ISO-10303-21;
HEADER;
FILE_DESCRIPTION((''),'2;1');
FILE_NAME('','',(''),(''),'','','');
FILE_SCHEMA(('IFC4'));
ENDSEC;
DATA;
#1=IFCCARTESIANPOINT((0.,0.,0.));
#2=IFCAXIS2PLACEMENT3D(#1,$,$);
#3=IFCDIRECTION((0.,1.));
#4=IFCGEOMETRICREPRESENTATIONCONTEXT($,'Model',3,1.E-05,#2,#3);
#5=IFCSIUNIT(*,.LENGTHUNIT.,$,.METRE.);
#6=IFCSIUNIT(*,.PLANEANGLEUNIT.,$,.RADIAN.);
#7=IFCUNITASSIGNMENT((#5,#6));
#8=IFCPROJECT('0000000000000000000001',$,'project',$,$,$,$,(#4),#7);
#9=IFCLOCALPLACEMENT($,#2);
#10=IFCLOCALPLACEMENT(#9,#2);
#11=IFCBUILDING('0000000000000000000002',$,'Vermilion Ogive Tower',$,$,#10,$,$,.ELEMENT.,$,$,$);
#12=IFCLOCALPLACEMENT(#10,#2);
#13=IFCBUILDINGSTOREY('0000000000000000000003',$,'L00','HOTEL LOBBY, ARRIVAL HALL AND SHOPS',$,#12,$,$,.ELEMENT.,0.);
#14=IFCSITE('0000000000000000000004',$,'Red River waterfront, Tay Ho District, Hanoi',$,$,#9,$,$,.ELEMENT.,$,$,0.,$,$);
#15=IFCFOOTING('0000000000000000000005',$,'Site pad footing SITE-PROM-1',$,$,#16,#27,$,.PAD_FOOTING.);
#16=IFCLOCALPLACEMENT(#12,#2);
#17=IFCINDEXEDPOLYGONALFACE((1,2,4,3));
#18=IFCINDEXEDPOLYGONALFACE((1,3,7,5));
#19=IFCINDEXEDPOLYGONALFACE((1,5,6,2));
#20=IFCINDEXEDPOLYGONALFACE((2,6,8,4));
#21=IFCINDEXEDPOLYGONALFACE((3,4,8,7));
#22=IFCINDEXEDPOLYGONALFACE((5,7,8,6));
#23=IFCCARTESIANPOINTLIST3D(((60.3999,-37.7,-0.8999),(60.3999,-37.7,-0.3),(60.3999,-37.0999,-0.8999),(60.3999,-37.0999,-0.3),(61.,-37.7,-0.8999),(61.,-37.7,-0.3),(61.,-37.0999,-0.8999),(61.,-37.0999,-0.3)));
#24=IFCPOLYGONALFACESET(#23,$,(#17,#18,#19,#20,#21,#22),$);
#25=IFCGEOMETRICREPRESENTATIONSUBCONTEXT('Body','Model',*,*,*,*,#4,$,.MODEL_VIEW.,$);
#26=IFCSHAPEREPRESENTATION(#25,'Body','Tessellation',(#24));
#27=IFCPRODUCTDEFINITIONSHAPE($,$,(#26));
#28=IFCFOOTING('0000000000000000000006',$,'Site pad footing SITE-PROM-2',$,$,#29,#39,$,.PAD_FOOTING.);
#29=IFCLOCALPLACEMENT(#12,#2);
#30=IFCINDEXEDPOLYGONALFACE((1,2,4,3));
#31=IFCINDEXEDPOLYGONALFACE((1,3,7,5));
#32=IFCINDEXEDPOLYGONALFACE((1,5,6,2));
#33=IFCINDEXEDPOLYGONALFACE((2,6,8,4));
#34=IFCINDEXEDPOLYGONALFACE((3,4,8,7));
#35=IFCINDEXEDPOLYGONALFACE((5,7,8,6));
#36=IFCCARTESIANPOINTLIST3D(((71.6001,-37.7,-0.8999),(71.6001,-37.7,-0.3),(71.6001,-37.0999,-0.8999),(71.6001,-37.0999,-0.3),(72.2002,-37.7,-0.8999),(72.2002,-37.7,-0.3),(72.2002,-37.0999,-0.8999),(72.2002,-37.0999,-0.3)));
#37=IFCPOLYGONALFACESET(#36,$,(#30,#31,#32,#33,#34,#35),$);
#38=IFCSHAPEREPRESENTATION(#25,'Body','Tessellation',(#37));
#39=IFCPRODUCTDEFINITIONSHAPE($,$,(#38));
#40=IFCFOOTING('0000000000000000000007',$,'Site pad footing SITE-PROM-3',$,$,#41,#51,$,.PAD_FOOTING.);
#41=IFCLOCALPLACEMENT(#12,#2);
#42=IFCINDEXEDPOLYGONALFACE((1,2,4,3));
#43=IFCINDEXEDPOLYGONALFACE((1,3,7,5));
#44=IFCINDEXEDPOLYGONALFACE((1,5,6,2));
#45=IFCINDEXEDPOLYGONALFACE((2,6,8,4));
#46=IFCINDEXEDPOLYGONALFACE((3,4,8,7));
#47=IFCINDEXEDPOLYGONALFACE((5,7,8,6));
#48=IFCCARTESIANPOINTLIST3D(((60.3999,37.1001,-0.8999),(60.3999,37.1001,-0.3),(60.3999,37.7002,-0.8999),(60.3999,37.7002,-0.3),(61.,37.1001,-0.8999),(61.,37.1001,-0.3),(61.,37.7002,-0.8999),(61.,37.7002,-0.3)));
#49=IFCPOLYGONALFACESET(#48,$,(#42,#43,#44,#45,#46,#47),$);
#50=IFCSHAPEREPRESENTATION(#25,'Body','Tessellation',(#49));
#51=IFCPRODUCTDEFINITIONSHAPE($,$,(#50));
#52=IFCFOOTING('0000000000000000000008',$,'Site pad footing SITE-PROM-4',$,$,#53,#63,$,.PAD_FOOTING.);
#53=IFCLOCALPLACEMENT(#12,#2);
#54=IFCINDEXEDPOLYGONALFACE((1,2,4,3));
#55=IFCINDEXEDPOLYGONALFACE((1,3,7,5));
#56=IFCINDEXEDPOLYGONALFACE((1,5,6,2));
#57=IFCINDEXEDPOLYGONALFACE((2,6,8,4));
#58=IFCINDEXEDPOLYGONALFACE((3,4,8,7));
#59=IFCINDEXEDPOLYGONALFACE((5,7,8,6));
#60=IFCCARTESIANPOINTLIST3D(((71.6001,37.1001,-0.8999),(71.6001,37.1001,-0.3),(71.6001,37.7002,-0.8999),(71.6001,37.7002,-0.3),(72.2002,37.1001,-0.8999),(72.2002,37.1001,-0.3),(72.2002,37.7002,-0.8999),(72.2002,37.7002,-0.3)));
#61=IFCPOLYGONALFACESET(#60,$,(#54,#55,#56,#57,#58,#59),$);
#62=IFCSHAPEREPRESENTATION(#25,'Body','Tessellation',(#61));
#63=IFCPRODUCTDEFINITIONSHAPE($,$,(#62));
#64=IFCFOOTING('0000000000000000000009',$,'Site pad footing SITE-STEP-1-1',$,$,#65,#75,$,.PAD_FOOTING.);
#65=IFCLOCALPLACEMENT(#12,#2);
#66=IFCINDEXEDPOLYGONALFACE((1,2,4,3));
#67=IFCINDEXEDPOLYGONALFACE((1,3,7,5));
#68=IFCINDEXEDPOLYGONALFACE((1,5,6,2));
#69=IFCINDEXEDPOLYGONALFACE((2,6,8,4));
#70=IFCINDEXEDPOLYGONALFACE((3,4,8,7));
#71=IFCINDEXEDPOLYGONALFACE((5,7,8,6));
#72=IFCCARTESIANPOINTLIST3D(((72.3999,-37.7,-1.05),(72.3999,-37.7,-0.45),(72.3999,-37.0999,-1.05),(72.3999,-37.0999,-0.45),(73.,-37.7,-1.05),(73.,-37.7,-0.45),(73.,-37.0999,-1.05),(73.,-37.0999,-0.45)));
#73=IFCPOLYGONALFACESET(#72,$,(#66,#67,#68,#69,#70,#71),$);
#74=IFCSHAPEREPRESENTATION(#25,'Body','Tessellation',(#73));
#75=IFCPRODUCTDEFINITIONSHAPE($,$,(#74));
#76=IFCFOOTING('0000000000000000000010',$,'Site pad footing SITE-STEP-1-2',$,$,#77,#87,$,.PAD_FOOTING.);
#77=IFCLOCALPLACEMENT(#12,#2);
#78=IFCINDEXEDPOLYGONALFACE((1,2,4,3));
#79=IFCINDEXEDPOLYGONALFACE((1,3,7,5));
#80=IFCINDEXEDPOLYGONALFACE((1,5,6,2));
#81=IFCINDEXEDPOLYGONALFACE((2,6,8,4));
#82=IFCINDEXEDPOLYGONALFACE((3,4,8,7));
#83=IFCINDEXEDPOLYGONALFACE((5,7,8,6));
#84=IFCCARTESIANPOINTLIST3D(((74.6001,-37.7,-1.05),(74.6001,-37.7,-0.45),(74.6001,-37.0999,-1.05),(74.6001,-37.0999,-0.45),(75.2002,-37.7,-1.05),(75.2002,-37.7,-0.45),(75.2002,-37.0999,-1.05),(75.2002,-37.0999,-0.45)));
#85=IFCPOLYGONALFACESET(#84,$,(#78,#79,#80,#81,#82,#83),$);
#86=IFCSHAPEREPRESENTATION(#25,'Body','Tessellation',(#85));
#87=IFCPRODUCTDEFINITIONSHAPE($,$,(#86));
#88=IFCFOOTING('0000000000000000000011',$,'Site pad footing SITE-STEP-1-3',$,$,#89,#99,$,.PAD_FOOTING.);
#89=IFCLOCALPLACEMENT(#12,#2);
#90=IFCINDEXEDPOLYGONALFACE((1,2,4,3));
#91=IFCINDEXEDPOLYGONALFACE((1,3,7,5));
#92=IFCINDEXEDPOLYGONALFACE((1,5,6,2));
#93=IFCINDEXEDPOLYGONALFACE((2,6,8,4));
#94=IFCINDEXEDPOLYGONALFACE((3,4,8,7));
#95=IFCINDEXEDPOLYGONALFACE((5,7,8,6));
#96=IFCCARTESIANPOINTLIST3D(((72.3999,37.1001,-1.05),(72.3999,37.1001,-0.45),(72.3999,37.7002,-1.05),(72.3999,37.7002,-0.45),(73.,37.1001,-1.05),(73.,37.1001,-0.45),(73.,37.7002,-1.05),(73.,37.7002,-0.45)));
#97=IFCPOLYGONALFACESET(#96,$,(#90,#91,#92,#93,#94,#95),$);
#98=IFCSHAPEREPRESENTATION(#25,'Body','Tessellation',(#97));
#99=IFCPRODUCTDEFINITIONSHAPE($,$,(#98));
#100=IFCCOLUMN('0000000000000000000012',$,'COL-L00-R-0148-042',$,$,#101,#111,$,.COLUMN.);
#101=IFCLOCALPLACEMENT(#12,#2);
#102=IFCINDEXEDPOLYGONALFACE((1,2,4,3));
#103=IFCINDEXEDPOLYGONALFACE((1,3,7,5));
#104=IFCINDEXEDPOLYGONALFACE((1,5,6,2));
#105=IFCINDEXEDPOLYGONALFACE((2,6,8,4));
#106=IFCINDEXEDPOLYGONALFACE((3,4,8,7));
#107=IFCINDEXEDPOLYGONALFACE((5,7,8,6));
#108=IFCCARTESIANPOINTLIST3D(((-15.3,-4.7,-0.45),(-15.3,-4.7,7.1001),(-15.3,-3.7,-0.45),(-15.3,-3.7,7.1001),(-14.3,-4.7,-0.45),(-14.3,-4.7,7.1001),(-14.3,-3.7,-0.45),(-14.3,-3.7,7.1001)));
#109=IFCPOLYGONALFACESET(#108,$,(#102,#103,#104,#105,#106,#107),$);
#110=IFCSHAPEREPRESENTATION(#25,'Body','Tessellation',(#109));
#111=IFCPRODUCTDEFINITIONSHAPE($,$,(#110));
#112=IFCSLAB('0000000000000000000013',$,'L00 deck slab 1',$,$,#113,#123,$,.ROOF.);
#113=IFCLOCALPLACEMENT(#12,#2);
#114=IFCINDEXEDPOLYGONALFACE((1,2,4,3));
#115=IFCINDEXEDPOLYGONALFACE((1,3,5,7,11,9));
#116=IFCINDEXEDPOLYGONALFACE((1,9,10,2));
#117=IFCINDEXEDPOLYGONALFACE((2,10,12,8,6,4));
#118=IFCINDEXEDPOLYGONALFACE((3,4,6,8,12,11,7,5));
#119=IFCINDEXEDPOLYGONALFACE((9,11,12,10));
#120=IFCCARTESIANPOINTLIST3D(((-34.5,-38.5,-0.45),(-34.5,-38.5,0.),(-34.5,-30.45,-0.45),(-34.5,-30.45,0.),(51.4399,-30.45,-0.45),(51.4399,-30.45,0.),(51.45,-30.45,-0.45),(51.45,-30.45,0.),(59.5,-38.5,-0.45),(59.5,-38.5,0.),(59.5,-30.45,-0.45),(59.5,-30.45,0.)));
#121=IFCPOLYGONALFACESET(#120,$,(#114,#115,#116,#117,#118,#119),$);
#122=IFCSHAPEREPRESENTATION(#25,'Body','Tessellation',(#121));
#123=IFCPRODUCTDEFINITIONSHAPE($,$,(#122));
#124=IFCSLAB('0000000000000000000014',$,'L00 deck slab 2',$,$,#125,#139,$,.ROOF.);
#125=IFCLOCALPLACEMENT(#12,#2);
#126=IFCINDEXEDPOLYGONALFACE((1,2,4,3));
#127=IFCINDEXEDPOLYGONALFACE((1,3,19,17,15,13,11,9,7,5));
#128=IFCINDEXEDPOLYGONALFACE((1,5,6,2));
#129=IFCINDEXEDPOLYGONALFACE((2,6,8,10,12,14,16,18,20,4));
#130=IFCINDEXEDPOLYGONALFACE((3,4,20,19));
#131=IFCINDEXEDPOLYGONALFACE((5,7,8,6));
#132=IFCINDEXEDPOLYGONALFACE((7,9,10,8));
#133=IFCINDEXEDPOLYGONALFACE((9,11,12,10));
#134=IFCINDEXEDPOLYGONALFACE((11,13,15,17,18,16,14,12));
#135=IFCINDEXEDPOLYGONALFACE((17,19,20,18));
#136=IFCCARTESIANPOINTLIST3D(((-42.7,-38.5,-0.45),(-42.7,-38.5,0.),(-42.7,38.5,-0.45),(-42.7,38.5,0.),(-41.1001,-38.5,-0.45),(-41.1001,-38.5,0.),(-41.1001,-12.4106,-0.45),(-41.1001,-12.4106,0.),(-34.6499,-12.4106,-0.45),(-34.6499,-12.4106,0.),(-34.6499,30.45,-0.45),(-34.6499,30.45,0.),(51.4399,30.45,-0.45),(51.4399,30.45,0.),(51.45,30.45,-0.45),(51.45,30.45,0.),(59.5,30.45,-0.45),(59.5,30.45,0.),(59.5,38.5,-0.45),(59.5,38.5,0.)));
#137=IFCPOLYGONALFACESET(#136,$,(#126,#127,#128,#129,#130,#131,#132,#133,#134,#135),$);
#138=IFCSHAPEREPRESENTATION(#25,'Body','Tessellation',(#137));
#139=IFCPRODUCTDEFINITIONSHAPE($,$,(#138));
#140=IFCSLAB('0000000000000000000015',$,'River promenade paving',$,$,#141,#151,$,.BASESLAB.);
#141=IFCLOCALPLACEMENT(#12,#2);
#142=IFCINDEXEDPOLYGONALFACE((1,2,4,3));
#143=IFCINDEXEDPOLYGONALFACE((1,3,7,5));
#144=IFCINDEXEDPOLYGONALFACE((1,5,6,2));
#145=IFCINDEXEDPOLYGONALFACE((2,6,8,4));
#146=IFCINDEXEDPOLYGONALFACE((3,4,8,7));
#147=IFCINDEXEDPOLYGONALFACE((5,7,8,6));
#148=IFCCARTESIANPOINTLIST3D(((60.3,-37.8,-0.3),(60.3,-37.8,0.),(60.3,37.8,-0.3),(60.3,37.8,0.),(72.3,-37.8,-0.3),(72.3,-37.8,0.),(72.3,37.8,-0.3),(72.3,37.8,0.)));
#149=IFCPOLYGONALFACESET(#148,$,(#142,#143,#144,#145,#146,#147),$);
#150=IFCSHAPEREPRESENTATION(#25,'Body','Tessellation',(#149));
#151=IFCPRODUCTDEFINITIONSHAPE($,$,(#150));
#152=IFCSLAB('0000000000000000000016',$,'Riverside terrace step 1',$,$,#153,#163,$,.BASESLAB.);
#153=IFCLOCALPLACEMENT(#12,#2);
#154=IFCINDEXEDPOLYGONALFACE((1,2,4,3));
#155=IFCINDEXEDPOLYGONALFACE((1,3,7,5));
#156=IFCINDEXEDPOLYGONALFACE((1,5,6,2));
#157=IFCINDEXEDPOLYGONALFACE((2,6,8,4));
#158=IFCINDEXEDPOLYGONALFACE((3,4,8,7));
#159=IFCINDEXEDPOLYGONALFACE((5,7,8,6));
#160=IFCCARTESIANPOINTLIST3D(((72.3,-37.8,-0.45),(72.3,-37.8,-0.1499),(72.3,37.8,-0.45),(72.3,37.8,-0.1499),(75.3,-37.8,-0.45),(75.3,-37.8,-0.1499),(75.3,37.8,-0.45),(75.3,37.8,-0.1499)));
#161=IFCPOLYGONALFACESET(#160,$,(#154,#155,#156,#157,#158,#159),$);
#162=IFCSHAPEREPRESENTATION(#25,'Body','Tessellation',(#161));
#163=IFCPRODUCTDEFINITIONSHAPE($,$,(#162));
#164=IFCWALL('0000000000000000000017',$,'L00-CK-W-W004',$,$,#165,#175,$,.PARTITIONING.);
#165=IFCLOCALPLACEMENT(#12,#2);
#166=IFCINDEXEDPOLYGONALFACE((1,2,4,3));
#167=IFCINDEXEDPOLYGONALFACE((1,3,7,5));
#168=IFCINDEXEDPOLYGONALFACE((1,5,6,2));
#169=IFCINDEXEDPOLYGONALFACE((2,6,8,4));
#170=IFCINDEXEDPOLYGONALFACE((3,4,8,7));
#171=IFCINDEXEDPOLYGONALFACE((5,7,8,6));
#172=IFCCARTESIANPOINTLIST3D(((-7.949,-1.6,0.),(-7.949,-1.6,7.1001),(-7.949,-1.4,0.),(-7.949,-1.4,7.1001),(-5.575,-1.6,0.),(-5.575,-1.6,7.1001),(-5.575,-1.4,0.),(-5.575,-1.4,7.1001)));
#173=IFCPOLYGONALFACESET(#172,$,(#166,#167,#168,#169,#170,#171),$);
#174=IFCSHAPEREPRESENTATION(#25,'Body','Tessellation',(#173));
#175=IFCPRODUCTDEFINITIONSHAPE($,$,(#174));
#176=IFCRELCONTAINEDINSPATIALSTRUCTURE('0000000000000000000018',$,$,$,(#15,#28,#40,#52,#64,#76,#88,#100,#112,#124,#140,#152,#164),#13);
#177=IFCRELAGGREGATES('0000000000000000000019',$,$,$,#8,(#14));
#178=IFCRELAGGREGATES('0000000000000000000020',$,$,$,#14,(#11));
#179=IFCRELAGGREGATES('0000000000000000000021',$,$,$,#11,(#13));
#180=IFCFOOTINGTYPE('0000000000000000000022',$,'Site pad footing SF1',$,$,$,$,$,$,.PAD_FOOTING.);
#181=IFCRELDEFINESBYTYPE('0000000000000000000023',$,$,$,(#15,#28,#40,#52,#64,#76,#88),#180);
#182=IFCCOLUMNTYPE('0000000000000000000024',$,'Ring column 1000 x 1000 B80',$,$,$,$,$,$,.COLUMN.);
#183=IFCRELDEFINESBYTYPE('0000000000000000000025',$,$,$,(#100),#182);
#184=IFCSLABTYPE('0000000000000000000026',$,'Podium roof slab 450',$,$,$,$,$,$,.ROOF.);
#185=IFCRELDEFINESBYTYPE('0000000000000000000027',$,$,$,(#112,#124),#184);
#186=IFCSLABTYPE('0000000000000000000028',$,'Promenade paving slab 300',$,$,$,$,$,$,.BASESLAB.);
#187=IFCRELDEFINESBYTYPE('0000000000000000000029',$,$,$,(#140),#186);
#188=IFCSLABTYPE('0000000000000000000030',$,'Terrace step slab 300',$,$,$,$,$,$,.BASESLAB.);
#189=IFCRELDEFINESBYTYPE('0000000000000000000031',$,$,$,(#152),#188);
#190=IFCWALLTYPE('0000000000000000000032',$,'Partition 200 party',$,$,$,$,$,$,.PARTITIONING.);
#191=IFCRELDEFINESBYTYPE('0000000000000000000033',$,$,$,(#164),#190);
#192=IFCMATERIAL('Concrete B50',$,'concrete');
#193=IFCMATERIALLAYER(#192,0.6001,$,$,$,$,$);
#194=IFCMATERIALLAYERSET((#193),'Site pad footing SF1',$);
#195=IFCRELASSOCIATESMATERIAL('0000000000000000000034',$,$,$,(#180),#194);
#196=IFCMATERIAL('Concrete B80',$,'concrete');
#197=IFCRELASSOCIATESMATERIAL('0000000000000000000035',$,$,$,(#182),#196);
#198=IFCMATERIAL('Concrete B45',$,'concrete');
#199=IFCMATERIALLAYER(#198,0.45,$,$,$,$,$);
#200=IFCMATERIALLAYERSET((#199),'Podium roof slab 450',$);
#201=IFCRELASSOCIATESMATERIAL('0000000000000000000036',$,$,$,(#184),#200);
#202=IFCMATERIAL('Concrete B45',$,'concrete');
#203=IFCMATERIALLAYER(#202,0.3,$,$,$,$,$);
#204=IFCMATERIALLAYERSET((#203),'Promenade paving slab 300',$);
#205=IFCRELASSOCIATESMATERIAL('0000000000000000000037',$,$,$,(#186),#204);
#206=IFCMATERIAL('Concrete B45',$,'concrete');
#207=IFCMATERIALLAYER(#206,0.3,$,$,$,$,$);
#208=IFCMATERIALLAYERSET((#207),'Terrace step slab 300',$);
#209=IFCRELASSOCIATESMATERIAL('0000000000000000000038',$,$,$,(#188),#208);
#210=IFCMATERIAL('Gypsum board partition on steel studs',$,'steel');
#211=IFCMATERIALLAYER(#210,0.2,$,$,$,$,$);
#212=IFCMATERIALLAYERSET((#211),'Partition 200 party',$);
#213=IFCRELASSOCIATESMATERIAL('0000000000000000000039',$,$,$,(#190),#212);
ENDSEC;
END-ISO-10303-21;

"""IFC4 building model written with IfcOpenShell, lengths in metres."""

from ifc_helpers import new_model, si_unit, direction, frame, frame_2d, origin, origin_2d, place, context, subcontext, project, spatial, polyline, rectangle, outline, extrude, material, layer, layer_set, material_profile, profile_set, type_object, element, save


model = new_model("IFC4")

# Units and contexts
model_context = context("Model", 3, precision=1e-05, world=origin(), true_north=direction((0.0, 1.0)))
body_context = subcontext(model_context, "Body", "Model", "MODEL_VIEW")
ifc_project = project(units=[si_unit("LENGTHUNIT", "METRE"), si_unit("PLANEANGLEUNIT", "RADIAN")], contexts=[model_context])

# Site, building, storey
site_placement = place(None, origin())
site = spatial("IfcSite", under=ifc_project, at=site_placement, Name="Red River waterfront, Tay Ho District, Hanoi", CompositionType="ELEMENT", RefElevation=0.0)
building_placement = place(site_placement, origin())
building = spatial("IfcBuilding", under=site, at=building_placement, Name="Vermilion Ogive Tower", CompositionType="ELEMENT")
storey_placement = place(building_placement, origin())
storey = spatial("IfcBuildingStorey", under=building, at=storey_placement, Name="L00", Description="HOTEL LOBBY, ARRIVAL HALL AND SHOPS", CompositionType="ELEMENT", Elevation=0.0)

# Footings
ifc_material_1 = material(Name="Concrete B50", Category="concrete")
ifc_layer_1 = layer(ifc_material_1, 0.6001)
ifc_layer_set_1 = layer_set([ifc_layer_1], Name="Site pad footing SF1")
footing_type = type_object("IfcFootingType", Name="Site pad footing SF1", PredefinedType="PAD_FOOTING", material=ifc_layer_set_1)
footing_1_placement = place(storey_placement, frame((0.0, 0.0, -0.8999)))
element("IfcFooting", 1, at=footing_1_placement, inside=storey, type_object=footing_type, Name="Site pad footing SITE-PROM-1", PredefinedType="PAD_FOOTING", context=body_context, shape_type="SweptSolid", body=[
    extrude(outline(polyline([(61.0, -37.7), (61.0, -37.0999), (60.3999, -37.0999), (60.3999, -37.7), (61.0, -37.7)])), origin(), (0.0, 0.0, 1.0), 0.5999),
])
footing_2_placement = place(storey_placement, frame((0.0, 0.0, -0.8999)))
element("IfcFooting", 2, at=footing_2_placement, inside=storey, type_object=footing_type, Name="Site pad footing SITE-PROM-2", PredefinedType="PAD_FOOTING", context=body_context, shape_type="SweptSolid", body=[
    extrude(outline(polyline([(72.2002, -37.7), (72.2002, -37.0999), (71.6001, -37.0999), (71.6001, -37.7), (72.2002, -37.7)])), origin(), (0.0, 0.0, 1.0), 0.5999),
])
footing_3_placement = place(storey_placement, frame((0.0, 0.0, -0.8999)))
element("IfcFooting", 3, at=footing_3_placement, inside=storey, type_object=footing_type, Name="Site pad footing SITE-PROM-3", PredefinedType="PAD_FOOTING", context=body_context, shape_type="SweptSolid", body=[
    extrude(outline(polyline([(61.0, 37.1001), (61.0, 37.7002), (60.3999, 37.7002), (60.3999, 37.1001), (61.0, 37.1001)])), origin(), (0.0, 0.0, 1.0), 0.5999),
])
footing_4_placement = place(storey_placement, frame((0.0, 0.0, -0.8999)))
element("IfcFooting", 4, at=footing_4_placement, inside=storey, type_object=footing_type, Name="Site pad footing SITE-PROM-4", PredefinedType="PAD_FOOTING", context=body_context, shape_type="SweptSolid", body=[
    extrude(outline(polyline([(72.2002, 37.1001), (72.2002, 37.7002), (71.6001, 37.7002), (71.6001, 37.1001), (72.2002, 37.1001)])), origin(), (0.0, 0.0, 1.0), 0.5999),
])
footing_5_placement = place(storey_placement, frame((0.0, 0.0, -1.05)))
element("IfcFooting", 5, at=footing_5_placement, inside=storey, type_object=footing_type, Name="Site pad footing SITE-STEP-1-1", PredefinedType="PAD_FOOTING", context=body_context, shape_type="SweptSolid", body=[
    extrude(outline(polyline([(73.0, -37.7), (73.0, -37.0999), (72.3999, -37.0999), (72.3999, -37.7), (73.0, -37.7)])), origin(), (0.0, 0.0, 1.0), 0.6001),
])
footing_6_placement = place(storey_placement, frame((0.0, 0.0, -1.05)))
element("IfcFooting", 6, at=footing_6_placement, inside=storey, type_object=footing_type, Name="Site pad footing SITE-STEP-1-2", PredefinedType="PAD_FOOTING", context=body_context, shape_type="SweptSolid", body=[
    extrude(outline(polyline([(75.2002, -37.7), (75.2002, -37.0999), (74.6001, -37.0999), (74.6001, -37.7), (75.2002, -37.7)])), origin(), (0.0, 0.0, 1.0), 0.6001),
])
footing_7_placement = place(storey_placement, frame((0.0, 0.0, -1.05)))
element("IfcFooting", 7, at=footing_7_placement, inside=storey, type_object=footing_type, Name="Site pad footing SITE-STEP-1-3", PredefinedType="PAD_FOOTING", context=body_context, shape_type="SweptSolid", body=[
    extrude(outline(polyline([(73.0, 37.1001), (73.0, 37.7002), (72.3999, 37.7002), (72.3999, 37.1001), (73.0, 37.1001)])), origin(), (0.0, 0.0, 1.0), 0.6001),
])

# Column
ifc_material_2 = material(Name="Concrete B80", Category="concrete")
ifc_material_profile = material_profile(ifc_material_2, rectangle(XDim=1.0, YDim=1.0, at=origin_2d()), Name="1000 x 1000")
ifc_profile_set = profile_set([ifc_material_profile], Name="Concrete B80")
column_type = type_object("IfcColumnType", Name="Ring column 1000 x 1000 B80", PredefinedType="COLUMN", material=ifc_profile_set)
column_placement = place(storey_placement, frame((-14.8, -4.2, -0.45), z_axis=(0.0, 0.0, 1.0), x_axis=(1.0, 0.0, 0.0)))
element("IfcColumn", 8, at=column_placement, inside=storey, type_object=column_type, Name="COL-L00-R-0148-042", PredefinedType="COLUMN", context=body_context, shape_type="SweptSolid", body=[
    extrude(rectangle(XDim=1.0, YDim=1.0, at=origin_2d()), origin(), (0.0, 0.0, 1.0), 7.55),
])

# Slabs
ifc_material_3 = material(Name="Concrete B45", Category="concrete")
ifc_layer_2 = layer(ifc_material_3, 0.45)
ifc_layer_set_2 = layer_set([ifc_layer_2], Name="Podium roof slab 450")
slab_type_1 = type_object("IfcSlabType", Name="Podium roof slab 450", PredefinedType="ROOF", material=ifc_layer_set_2)
slab_1_placement = place(storey_placement, frame((0.0, 0.0, -0.45)))
element("IfcSlab", 9, at=slab_1_placement, inside=storey, type_object=slab_type_1, Name="L00 deck slab 1", PredefinedType="ROOF", context=body_context, shape_type="SweptSolid", body=[
    extrude(outline(polyline([(-34.5, -38.5), (59.5, -38.5), (59.5, -30.45), (51.45, -30.45), (51.4399, -30.45), (-34.5, -30.45), (-34.5, -38.5)])), origin(), (0.0, 0.0, 1.0), 0.45),
])
slab_2_placement = place(storey_placement, frame((0.0, 0.0, -0.45)))
element("IfcSlab", 10, at=slab_2_placement, inside=storey, type_object=slab_type_1, Name="L00 deck slab 2", PredefinedType="ROOF", context=body_context, shape_type="SweptSolid", body=[
    extrude(outline(polyline([(-42.7, -38.5), (-41.1001, -38.5), (-41.1001, -12.4106), (-34.6499, -12.4106), (-34.6499, 30.45), (51.4399, 30.45), (51.45, 30.45), (59.5, 30.45), (59.5, 38.5), (-42.7, 38.5), (-42.7, -38.5)])), origin(), (0.0, 0.0, 1.0), 0.45),
])
ifc_material_4 = material(Name="Concrete B45", Category="concrete")
ifc_layer_3 = layer(ifc_material_4, 0.3)
ifc_layer_set_3 = layer_set([ifc_layer_3], Name="Promenade paving slab 300")
slab_type_2 = type_object("IfcSlabType", Name="Promenade paving slab 300", PredefinedType="BASESLAB", material=ifc_layer_set_3)
slab_3_placement = place(storey_placement, frame((0.0, 0.0, -0.3)))
element("IfcSlab", 11, at=slab_3_placement, inside=storey, type_object=slab_type_2, Name="River promenade paving", PredefinedType="BASESLAB", context=body_context, shape_type="SweptSolid", body=[
    extrude(outline(polyline([(72.3, -37.8), (72.3, 37.8), (60.3, 37.8), (60.3, -37.8), (72.3, -37.8)])), origin(), (0.0, 0.0, 1.0), 0.3),
])
ifc_material_5 = material(Name="Concrete B45", Category="concrete")
ifc_layer_4 = layer(ifc_material_5, 0.3)
ifc_layer_set_4 = layer_set([ifc_layer_4], Name="Terrace step slab 300")
slab_type_3 = type_object("IfcSlabType", Name="Terrace step slab 300", PredefinedType="BASESLAB", material=ifc_layer_set_4)
slab_4_placement = place(storey_placement, frame((0.0, 0.0, -0.45)))
element("IfcSlab", 12, at=slab_4_placement, inside=storey, type_object=slab_type_3, Name="Riverside terrace step 1", PredefinedType="BASESLAB", context=body_context, shape_type="SweptSolid", body=[
    extrude(outline(polyline([(75.3, -37.8), (75.3, 37.8), (72.3, 37.8), (72.3, -37.8), (75.3, -37.8)])), origin(), (0.0, 0.0, 1.0), 0.3),
])

# Wall
ifc_material_6 = material(Name="Gypsum board partition on steel studs", Category="steel")
ifc_layer_5 = layer(ifc_material_6, 0.2)
ifc_layer_set_5 = layer_set([ifc_layer_5], Name="Partition 200 party")
wall_type_1 = type_object("IfcWallType", Name="Partition 200 party", PredefinedType="PARTITIONING", material=ifc_layer_set_5)
wall_1_placement = place(storey_placement, frame((-7.949, -1.5, 0.0), z_axis=(0.0, 0.0, 1.0), x_axis=(1.0, 0.0, 0.0)))
element("IfcWall", 13, at=wall_1_placement, inside=storey, type_object=wall_type_1, Name="L00-CK-W-W004", PredefinedType="PARTITIONING", context=body_context, shape_type="SweptSolid", body=[
    extrude(rectangle(XDim=2.374, YDim=0.2, at=frame_2d((1.187, 0.0))), origin(), (0.0, 0.0, 1.0), 7.1001),
])

save(model, "model.ifc")
